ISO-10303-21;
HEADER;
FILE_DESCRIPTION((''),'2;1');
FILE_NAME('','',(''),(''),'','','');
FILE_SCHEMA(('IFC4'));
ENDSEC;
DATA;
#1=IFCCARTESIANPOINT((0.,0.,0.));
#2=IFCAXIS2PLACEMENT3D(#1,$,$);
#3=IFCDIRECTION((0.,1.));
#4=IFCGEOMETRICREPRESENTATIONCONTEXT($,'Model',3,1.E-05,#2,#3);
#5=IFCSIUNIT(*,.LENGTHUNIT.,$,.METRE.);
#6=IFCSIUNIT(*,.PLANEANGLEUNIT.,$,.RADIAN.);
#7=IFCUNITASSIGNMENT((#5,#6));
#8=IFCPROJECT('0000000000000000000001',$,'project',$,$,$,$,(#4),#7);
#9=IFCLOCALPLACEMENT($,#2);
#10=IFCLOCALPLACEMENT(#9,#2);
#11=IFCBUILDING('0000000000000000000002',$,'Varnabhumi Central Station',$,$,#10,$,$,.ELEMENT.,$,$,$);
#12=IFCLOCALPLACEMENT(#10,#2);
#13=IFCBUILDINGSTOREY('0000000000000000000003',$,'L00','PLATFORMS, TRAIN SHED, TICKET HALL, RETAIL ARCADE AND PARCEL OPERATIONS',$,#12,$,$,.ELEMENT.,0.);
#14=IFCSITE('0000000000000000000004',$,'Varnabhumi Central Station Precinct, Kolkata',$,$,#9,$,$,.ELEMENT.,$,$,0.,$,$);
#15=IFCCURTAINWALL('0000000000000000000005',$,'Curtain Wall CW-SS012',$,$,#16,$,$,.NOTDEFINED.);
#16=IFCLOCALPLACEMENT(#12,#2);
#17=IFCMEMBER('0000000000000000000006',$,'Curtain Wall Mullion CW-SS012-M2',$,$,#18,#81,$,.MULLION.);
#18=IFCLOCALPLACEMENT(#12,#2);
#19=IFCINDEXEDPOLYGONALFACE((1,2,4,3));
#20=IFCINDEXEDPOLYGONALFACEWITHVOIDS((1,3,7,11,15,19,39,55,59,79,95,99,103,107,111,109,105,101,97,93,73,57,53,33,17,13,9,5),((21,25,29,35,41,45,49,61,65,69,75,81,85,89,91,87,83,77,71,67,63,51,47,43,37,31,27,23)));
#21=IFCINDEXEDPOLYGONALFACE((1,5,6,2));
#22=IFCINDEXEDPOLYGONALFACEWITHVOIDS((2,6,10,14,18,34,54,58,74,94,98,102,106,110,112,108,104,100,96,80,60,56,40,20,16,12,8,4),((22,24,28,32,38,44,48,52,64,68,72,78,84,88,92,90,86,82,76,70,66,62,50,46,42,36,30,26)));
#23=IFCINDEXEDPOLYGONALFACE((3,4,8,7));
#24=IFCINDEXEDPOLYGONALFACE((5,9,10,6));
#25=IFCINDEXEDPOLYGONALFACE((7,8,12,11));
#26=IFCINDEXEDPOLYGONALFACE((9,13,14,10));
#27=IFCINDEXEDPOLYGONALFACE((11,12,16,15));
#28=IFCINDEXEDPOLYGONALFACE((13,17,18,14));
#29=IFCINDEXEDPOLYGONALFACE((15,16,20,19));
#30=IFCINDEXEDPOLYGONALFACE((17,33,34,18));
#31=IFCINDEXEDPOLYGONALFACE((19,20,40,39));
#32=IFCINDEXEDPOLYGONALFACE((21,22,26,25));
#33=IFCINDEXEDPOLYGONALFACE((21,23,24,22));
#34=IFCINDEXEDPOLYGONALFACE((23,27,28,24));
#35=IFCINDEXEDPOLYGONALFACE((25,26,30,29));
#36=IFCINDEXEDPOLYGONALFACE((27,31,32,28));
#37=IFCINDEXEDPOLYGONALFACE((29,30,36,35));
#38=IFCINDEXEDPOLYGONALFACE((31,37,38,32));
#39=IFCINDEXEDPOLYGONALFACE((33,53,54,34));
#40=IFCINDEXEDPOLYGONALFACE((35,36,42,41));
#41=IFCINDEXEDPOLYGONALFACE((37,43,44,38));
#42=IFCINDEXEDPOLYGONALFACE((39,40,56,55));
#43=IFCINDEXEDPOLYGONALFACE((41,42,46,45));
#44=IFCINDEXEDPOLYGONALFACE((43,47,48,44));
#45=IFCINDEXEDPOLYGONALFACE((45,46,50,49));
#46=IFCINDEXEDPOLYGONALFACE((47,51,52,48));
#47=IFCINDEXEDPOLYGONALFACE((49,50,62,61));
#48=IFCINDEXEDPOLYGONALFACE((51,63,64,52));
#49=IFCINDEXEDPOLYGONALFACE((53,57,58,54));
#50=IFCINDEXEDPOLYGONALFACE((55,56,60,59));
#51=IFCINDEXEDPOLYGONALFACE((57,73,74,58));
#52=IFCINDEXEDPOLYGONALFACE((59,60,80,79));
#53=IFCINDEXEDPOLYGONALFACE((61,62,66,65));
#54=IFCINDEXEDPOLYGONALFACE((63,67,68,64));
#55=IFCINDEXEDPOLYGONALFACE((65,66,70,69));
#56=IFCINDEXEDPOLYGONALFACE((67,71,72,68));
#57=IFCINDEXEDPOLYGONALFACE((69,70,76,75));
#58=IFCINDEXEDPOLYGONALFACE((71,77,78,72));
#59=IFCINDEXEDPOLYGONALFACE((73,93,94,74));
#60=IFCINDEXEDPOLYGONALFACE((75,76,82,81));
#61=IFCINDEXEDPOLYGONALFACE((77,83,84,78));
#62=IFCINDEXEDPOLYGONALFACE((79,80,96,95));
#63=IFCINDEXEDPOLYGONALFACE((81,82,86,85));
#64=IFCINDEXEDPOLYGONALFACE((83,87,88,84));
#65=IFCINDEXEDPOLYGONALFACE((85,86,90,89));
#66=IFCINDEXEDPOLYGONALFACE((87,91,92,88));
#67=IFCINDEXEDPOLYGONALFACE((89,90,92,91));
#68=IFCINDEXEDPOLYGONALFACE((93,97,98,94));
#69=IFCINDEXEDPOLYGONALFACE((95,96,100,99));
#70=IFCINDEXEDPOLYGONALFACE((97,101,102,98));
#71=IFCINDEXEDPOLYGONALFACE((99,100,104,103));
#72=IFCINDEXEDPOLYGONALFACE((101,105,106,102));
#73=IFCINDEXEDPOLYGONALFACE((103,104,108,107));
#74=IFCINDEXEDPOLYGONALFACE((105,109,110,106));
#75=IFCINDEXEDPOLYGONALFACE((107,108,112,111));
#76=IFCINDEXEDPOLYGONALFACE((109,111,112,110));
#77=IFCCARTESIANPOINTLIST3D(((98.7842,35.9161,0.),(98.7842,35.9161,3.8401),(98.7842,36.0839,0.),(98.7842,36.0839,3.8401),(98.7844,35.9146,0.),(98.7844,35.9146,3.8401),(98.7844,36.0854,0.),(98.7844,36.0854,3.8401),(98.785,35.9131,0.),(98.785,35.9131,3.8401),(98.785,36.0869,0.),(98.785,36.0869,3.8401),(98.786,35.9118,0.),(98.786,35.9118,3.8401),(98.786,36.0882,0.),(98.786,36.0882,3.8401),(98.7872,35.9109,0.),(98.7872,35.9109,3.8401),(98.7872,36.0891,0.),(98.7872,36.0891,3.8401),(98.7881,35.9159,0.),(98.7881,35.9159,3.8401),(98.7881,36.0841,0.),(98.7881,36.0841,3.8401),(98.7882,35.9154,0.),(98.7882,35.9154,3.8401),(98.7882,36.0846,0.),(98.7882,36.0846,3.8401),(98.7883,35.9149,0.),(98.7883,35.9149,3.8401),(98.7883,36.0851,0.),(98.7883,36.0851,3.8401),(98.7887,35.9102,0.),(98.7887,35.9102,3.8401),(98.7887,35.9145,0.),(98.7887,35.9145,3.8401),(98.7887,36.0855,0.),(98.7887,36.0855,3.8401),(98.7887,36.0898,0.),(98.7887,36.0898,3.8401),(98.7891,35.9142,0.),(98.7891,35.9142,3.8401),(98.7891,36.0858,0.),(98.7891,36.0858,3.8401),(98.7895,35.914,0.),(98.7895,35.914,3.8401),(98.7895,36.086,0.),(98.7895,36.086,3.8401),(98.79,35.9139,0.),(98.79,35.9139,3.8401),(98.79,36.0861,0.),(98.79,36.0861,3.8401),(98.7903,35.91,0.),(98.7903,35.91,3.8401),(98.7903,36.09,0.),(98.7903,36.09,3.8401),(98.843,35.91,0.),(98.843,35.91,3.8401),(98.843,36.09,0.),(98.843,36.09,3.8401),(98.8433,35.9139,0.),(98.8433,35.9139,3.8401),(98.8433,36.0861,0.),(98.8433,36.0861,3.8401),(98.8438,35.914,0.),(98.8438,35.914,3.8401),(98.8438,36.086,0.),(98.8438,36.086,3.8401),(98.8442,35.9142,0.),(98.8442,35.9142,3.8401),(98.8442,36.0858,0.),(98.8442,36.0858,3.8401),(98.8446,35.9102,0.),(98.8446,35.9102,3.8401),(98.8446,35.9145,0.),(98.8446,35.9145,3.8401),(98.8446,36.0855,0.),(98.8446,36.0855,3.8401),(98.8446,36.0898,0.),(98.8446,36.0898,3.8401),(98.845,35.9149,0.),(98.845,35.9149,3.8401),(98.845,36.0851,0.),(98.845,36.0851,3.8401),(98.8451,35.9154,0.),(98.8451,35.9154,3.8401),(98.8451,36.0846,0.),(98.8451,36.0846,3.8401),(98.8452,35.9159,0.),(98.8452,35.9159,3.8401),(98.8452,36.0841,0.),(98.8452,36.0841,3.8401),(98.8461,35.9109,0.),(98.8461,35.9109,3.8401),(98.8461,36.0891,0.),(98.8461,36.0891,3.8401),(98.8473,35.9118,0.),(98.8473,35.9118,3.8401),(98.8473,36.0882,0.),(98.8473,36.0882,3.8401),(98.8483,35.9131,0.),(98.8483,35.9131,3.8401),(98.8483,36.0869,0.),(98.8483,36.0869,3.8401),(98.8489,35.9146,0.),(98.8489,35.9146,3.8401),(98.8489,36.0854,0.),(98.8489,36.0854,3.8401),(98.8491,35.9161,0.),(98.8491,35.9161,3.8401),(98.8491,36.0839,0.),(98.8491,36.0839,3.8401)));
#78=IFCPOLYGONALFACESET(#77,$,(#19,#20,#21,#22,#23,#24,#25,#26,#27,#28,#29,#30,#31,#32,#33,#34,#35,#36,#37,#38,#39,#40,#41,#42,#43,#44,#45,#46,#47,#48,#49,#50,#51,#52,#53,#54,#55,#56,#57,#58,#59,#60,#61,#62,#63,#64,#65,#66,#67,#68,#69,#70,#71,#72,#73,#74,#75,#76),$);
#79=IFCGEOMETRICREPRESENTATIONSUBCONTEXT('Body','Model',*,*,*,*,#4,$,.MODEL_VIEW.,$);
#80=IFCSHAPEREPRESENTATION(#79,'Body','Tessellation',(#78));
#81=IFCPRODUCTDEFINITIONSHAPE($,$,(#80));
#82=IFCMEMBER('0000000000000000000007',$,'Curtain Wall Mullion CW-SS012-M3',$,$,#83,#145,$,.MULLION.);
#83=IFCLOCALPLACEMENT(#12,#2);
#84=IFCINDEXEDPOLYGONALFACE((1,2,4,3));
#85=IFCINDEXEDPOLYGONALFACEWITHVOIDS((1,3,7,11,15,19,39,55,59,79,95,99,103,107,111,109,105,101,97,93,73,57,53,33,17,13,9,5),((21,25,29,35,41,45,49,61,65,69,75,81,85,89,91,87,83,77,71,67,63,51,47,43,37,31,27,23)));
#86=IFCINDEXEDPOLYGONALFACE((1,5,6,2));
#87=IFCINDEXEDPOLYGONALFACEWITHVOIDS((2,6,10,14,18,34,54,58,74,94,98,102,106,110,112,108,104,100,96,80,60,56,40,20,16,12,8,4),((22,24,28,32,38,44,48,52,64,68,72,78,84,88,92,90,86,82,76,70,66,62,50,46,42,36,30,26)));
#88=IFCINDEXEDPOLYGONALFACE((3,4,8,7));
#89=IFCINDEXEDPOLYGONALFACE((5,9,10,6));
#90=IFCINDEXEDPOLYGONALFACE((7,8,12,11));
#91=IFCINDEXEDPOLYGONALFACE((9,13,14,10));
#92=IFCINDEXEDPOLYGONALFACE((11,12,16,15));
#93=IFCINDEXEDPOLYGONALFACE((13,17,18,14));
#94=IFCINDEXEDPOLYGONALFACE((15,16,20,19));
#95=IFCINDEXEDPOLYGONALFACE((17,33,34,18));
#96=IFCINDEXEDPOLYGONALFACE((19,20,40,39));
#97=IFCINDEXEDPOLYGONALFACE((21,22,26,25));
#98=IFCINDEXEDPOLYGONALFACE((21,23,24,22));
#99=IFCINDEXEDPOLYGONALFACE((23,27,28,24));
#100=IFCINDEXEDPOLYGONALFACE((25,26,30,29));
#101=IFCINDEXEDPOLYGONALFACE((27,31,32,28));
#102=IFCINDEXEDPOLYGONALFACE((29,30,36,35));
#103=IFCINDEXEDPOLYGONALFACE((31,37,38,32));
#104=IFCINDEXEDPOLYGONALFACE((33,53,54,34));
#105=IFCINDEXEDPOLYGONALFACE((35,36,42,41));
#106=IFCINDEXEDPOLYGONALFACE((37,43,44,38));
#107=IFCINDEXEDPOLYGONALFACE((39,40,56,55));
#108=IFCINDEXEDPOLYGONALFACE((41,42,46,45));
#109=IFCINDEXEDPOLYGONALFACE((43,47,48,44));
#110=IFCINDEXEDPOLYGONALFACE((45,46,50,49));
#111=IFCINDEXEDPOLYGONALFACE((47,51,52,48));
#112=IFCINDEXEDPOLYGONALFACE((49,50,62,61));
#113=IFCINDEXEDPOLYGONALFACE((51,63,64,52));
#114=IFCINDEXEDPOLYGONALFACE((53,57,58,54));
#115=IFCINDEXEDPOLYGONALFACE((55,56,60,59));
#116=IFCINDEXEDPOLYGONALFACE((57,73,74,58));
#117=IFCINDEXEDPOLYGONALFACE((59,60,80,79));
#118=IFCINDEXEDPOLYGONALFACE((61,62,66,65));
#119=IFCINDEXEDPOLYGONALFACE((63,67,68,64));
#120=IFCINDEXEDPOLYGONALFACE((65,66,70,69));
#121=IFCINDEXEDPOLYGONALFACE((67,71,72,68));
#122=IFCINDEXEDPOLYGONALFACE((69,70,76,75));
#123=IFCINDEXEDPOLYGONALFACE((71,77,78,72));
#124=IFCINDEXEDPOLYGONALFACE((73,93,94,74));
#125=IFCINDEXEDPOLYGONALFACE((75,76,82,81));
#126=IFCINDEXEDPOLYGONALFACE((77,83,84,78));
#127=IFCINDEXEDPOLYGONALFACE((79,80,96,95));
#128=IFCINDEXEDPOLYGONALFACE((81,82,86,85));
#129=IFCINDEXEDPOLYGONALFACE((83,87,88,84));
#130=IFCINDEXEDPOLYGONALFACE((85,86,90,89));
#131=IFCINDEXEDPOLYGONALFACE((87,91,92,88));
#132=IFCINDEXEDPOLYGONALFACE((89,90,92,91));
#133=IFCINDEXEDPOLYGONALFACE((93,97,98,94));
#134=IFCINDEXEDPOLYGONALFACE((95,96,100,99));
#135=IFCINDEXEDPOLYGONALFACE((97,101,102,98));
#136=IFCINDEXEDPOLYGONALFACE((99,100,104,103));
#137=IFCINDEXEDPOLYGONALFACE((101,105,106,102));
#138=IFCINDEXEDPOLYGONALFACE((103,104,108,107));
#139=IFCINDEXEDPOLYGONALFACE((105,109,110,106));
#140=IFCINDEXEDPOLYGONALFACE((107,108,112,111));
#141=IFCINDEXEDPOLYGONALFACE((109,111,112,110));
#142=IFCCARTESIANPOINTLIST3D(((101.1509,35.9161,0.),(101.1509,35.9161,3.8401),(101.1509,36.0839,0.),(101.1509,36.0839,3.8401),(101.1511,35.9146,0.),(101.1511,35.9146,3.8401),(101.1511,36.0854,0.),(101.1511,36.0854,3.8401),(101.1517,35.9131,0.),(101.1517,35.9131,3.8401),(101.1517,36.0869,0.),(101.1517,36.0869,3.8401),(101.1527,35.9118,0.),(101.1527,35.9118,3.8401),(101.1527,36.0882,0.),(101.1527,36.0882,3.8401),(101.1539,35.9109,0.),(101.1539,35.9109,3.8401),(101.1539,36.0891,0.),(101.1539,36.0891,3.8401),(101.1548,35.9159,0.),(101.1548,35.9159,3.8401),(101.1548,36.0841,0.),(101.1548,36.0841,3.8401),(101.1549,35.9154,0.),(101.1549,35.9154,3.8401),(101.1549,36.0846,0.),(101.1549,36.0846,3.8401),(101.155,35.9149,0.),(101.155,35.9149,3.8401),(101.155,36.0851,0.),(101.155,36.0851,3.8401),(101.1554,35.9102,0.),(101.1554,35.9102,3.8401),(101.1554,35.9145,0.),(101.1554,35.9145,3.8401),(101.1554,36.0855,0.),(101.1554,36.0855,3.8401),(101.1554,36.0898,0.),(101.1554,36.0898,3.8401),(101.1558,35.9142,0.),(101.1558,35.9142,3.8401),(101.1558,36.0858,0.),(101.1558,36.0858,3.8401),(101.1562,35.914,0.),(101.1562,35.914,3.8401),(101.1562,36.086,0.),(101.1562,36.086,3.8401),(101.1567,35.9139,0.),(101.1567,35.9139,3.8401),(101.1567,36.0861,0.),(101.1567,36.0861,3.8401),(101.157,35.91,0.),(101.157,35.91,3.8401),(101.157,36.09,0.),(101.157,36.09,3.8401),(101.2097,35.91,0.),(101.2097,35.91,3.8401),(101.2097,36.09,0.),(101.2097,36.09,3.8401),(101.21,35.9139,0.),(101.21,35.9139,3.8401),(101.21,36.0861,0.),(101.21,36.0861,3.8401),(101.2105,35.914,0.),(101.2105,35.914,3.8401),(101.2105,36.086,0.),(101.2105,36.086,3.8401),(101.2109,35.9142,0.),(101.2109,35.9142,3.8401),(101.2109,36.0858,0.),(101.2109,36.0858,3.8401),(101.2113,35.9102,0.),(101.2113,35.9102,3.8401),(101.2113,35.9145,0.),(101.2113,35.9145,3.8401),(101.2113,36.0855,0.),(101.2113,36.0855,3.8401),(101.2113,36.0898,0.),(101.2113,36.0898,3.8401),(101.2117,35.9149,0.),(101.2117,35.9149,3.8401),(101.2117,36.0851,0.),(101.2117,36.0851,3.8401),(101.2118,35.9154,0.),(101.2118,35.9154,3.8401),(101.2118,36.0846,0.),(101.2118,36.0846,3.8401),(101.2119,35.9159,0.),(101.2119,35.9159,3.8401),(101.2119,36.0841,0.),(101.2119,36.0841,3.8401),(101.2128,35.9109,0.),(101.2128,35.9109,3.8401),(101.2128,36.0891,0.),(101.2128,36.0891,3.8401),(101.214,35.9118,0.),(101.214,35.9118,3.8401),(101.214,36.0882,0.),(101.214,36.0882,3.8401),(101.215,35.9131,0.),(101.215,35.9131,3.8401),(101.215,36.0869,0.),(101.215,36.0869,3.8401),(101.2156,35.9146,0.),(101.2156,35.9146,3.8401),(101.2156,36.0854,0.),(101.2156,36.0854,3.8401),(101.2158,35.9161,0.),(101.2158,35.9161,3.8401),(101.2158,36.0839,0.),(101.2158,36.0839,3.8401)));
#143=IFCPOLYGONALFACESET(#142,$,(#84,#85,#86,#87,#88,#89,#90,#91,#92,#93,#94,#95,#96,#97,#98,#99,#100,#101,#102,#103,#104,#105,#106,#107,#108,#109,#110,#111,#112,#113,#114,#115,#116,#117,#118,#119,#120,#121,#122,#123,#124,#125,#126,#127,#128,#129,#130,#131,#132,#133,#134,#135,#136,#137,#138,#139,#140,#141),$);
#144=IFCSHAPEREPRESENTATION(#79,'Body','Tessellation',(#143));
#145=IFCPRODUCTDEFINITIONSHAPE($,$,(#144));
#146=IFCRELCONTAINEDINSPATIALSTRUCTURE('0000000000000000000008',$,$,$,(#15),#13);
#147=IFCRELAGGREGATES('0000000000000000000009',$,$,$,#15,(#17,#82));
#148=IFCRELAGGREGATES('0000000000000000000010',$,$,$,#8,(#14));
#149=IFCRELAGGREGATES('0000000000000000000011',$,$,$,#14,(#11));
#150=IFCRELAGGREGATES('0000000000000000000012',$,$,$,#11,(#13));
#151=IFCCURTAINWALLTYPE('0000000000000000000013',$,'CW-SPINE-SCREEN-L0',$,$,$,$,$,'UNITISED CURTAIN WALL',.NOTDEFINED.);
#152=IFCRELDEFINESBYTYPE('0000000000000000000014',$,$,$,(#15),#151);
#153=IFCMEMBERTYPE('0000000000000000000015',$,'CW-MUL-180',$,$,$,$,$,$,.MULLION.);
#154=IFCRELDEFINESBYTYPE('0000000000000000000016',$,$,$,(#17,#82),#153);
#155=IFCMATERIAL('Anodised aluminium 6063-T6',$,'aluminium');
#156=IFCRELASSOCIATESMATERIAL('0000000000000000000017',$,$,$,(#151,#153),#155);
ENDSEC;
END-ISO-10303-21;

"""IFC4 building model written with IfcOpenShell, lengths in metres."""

from ifc_helpers import new_model, si_unit, direction, frame, origin, origin_2d, place, context, subcontext, project, spatial, hollow_rectangle, extrude, material, material_profile, profile_set, type_object, element, aggregate, save


model = new_model("IFC4")

# Units and contexts
model_context = context("Model", 3, precision=1e-05, world=origin(), true_north=direction((0.0, 1.0)))
body_context = subcontext(model_context, "Body", "Model", "MODEL_VIEW")
ifc_project = project(units=[si_unit("LENGTHUNIT", "METRE"), si_unit("PLANEANGLEUNIT", "RADIAN")], contexts=[model_context])

# Site, building, storey
site_placement = place(None, origin())
site = spatial("IfcSite", under=ifc_project, at=site_placement, Name="Varnabhumi Central Station Precinct, Kolkata", CompositionType="ELEMENT", RefElevation=0.0)
building_placement = place(site_placement, origin())
building = spatial("IfcBuilding", under=site, at=building_placement, Name="Varnabhumi Central Station", CompositionType="ELEMENT")
storey_placement = place(building_placement, origin())
storey = spatial("IfcBuildingStorey", under=building, at=storey_placement, Name="L00", Description="PLATFORMS, TRAIN SHED, TICKET HALL, RETAIL ARCADE AND PARCEL OPERATIONS", CompositionType="ELEMENT", Elevation=0.0)

# Curtain wall, members
ifc_material_1 = material(Name="Anodised aluminium 6063-T6", Category="aluminium")
curtain_wall_type = type_object("IfcCurtainWallType", Name="CW-SPINE-SCREEN-L0", ElementType="UNITISED CURTAIN WALL", PredefinedType="NOTDEFINED", material=ifc_material_1)
curtain_wall_placement = place(storey_placement, origin())
curtain_wall = element("IfcCurtainWall", 1, at=curtain_wall_placement, inside=storey, type_object=curtain_wall_type, Name="Curtain Wall CW-SS012", PredefinedType="NOTDEFINED")
ifc_material_profile_1 = material_profile(ifc_material_1, hollow_rectangle(XDim=0.0649, YDim=0.1799, WallThickness=0.0039, InnerFilletRadius=0.002, OuterFilletRadius=0.0061, at=origin_2d()), Name="Anodised aluminium 6063-T6", Category="aluminium")
ifc_profile_set_1 = profile_set([ifc_material_profile_1], Name="Anodised aluminium 6063-T6")
member_type_1 = type_object("IfcMemberType", Name="CW-MUL-180", PredefinedType="MULLION", material=ifc_profile_set_1)
member_1_placement = place(storey_placement, frame((98.8167, 36.0, 0.0), z_axis=(0.0, 0.0, 1.0), x_axis=(1.0, 0.0, 0.0)))
member_1 = element("IfcMember", 2, at=member_1_placement, type_object=member_type_1, Name="Curtain Wall Mullion CW-SS012-M2", PredefinedType="MULLION", context=body_context, shape_type="SweptSolid", body=[
    extrude(hollow_rectangle(XDim=0.0649, YDim=0.1799, WallThickness=0.0039, InnerFilletRadius=0.002, OuterFilletRadius=0.0061, at=origin_2d()), origin(), (0.0, 0.0, 1.0), 3.8401),
])
member_2_placement = place(storey_placement, frame((101.1833, 36.0, 0.0), z_axis=(0.0, 0.0, 1.0), x_axis=(1.0, 0.0, 0.0)))
member_2 = element("IfcMember", 3, at=member_2_placement, type_object=member_type_1, Name="Curtain Wall Mullion CW-SS012-M3", PredefinedType="MULLION", context=body_context, shape_type="SweptSolid", body=[
    extrude(hollow_rectangle(XDim=0.0649, YDim=0.1799, WallThickness=0.0039, InnerFilletRadius=0.002, OuterFilletRadius=0.0061, at=origin_2d()), origin(), (0.0, 0.0, 1.0), 3.8401),
])
aggregate(curtain_wall, [member_1, member_2])

save(model, "model.ifc")
